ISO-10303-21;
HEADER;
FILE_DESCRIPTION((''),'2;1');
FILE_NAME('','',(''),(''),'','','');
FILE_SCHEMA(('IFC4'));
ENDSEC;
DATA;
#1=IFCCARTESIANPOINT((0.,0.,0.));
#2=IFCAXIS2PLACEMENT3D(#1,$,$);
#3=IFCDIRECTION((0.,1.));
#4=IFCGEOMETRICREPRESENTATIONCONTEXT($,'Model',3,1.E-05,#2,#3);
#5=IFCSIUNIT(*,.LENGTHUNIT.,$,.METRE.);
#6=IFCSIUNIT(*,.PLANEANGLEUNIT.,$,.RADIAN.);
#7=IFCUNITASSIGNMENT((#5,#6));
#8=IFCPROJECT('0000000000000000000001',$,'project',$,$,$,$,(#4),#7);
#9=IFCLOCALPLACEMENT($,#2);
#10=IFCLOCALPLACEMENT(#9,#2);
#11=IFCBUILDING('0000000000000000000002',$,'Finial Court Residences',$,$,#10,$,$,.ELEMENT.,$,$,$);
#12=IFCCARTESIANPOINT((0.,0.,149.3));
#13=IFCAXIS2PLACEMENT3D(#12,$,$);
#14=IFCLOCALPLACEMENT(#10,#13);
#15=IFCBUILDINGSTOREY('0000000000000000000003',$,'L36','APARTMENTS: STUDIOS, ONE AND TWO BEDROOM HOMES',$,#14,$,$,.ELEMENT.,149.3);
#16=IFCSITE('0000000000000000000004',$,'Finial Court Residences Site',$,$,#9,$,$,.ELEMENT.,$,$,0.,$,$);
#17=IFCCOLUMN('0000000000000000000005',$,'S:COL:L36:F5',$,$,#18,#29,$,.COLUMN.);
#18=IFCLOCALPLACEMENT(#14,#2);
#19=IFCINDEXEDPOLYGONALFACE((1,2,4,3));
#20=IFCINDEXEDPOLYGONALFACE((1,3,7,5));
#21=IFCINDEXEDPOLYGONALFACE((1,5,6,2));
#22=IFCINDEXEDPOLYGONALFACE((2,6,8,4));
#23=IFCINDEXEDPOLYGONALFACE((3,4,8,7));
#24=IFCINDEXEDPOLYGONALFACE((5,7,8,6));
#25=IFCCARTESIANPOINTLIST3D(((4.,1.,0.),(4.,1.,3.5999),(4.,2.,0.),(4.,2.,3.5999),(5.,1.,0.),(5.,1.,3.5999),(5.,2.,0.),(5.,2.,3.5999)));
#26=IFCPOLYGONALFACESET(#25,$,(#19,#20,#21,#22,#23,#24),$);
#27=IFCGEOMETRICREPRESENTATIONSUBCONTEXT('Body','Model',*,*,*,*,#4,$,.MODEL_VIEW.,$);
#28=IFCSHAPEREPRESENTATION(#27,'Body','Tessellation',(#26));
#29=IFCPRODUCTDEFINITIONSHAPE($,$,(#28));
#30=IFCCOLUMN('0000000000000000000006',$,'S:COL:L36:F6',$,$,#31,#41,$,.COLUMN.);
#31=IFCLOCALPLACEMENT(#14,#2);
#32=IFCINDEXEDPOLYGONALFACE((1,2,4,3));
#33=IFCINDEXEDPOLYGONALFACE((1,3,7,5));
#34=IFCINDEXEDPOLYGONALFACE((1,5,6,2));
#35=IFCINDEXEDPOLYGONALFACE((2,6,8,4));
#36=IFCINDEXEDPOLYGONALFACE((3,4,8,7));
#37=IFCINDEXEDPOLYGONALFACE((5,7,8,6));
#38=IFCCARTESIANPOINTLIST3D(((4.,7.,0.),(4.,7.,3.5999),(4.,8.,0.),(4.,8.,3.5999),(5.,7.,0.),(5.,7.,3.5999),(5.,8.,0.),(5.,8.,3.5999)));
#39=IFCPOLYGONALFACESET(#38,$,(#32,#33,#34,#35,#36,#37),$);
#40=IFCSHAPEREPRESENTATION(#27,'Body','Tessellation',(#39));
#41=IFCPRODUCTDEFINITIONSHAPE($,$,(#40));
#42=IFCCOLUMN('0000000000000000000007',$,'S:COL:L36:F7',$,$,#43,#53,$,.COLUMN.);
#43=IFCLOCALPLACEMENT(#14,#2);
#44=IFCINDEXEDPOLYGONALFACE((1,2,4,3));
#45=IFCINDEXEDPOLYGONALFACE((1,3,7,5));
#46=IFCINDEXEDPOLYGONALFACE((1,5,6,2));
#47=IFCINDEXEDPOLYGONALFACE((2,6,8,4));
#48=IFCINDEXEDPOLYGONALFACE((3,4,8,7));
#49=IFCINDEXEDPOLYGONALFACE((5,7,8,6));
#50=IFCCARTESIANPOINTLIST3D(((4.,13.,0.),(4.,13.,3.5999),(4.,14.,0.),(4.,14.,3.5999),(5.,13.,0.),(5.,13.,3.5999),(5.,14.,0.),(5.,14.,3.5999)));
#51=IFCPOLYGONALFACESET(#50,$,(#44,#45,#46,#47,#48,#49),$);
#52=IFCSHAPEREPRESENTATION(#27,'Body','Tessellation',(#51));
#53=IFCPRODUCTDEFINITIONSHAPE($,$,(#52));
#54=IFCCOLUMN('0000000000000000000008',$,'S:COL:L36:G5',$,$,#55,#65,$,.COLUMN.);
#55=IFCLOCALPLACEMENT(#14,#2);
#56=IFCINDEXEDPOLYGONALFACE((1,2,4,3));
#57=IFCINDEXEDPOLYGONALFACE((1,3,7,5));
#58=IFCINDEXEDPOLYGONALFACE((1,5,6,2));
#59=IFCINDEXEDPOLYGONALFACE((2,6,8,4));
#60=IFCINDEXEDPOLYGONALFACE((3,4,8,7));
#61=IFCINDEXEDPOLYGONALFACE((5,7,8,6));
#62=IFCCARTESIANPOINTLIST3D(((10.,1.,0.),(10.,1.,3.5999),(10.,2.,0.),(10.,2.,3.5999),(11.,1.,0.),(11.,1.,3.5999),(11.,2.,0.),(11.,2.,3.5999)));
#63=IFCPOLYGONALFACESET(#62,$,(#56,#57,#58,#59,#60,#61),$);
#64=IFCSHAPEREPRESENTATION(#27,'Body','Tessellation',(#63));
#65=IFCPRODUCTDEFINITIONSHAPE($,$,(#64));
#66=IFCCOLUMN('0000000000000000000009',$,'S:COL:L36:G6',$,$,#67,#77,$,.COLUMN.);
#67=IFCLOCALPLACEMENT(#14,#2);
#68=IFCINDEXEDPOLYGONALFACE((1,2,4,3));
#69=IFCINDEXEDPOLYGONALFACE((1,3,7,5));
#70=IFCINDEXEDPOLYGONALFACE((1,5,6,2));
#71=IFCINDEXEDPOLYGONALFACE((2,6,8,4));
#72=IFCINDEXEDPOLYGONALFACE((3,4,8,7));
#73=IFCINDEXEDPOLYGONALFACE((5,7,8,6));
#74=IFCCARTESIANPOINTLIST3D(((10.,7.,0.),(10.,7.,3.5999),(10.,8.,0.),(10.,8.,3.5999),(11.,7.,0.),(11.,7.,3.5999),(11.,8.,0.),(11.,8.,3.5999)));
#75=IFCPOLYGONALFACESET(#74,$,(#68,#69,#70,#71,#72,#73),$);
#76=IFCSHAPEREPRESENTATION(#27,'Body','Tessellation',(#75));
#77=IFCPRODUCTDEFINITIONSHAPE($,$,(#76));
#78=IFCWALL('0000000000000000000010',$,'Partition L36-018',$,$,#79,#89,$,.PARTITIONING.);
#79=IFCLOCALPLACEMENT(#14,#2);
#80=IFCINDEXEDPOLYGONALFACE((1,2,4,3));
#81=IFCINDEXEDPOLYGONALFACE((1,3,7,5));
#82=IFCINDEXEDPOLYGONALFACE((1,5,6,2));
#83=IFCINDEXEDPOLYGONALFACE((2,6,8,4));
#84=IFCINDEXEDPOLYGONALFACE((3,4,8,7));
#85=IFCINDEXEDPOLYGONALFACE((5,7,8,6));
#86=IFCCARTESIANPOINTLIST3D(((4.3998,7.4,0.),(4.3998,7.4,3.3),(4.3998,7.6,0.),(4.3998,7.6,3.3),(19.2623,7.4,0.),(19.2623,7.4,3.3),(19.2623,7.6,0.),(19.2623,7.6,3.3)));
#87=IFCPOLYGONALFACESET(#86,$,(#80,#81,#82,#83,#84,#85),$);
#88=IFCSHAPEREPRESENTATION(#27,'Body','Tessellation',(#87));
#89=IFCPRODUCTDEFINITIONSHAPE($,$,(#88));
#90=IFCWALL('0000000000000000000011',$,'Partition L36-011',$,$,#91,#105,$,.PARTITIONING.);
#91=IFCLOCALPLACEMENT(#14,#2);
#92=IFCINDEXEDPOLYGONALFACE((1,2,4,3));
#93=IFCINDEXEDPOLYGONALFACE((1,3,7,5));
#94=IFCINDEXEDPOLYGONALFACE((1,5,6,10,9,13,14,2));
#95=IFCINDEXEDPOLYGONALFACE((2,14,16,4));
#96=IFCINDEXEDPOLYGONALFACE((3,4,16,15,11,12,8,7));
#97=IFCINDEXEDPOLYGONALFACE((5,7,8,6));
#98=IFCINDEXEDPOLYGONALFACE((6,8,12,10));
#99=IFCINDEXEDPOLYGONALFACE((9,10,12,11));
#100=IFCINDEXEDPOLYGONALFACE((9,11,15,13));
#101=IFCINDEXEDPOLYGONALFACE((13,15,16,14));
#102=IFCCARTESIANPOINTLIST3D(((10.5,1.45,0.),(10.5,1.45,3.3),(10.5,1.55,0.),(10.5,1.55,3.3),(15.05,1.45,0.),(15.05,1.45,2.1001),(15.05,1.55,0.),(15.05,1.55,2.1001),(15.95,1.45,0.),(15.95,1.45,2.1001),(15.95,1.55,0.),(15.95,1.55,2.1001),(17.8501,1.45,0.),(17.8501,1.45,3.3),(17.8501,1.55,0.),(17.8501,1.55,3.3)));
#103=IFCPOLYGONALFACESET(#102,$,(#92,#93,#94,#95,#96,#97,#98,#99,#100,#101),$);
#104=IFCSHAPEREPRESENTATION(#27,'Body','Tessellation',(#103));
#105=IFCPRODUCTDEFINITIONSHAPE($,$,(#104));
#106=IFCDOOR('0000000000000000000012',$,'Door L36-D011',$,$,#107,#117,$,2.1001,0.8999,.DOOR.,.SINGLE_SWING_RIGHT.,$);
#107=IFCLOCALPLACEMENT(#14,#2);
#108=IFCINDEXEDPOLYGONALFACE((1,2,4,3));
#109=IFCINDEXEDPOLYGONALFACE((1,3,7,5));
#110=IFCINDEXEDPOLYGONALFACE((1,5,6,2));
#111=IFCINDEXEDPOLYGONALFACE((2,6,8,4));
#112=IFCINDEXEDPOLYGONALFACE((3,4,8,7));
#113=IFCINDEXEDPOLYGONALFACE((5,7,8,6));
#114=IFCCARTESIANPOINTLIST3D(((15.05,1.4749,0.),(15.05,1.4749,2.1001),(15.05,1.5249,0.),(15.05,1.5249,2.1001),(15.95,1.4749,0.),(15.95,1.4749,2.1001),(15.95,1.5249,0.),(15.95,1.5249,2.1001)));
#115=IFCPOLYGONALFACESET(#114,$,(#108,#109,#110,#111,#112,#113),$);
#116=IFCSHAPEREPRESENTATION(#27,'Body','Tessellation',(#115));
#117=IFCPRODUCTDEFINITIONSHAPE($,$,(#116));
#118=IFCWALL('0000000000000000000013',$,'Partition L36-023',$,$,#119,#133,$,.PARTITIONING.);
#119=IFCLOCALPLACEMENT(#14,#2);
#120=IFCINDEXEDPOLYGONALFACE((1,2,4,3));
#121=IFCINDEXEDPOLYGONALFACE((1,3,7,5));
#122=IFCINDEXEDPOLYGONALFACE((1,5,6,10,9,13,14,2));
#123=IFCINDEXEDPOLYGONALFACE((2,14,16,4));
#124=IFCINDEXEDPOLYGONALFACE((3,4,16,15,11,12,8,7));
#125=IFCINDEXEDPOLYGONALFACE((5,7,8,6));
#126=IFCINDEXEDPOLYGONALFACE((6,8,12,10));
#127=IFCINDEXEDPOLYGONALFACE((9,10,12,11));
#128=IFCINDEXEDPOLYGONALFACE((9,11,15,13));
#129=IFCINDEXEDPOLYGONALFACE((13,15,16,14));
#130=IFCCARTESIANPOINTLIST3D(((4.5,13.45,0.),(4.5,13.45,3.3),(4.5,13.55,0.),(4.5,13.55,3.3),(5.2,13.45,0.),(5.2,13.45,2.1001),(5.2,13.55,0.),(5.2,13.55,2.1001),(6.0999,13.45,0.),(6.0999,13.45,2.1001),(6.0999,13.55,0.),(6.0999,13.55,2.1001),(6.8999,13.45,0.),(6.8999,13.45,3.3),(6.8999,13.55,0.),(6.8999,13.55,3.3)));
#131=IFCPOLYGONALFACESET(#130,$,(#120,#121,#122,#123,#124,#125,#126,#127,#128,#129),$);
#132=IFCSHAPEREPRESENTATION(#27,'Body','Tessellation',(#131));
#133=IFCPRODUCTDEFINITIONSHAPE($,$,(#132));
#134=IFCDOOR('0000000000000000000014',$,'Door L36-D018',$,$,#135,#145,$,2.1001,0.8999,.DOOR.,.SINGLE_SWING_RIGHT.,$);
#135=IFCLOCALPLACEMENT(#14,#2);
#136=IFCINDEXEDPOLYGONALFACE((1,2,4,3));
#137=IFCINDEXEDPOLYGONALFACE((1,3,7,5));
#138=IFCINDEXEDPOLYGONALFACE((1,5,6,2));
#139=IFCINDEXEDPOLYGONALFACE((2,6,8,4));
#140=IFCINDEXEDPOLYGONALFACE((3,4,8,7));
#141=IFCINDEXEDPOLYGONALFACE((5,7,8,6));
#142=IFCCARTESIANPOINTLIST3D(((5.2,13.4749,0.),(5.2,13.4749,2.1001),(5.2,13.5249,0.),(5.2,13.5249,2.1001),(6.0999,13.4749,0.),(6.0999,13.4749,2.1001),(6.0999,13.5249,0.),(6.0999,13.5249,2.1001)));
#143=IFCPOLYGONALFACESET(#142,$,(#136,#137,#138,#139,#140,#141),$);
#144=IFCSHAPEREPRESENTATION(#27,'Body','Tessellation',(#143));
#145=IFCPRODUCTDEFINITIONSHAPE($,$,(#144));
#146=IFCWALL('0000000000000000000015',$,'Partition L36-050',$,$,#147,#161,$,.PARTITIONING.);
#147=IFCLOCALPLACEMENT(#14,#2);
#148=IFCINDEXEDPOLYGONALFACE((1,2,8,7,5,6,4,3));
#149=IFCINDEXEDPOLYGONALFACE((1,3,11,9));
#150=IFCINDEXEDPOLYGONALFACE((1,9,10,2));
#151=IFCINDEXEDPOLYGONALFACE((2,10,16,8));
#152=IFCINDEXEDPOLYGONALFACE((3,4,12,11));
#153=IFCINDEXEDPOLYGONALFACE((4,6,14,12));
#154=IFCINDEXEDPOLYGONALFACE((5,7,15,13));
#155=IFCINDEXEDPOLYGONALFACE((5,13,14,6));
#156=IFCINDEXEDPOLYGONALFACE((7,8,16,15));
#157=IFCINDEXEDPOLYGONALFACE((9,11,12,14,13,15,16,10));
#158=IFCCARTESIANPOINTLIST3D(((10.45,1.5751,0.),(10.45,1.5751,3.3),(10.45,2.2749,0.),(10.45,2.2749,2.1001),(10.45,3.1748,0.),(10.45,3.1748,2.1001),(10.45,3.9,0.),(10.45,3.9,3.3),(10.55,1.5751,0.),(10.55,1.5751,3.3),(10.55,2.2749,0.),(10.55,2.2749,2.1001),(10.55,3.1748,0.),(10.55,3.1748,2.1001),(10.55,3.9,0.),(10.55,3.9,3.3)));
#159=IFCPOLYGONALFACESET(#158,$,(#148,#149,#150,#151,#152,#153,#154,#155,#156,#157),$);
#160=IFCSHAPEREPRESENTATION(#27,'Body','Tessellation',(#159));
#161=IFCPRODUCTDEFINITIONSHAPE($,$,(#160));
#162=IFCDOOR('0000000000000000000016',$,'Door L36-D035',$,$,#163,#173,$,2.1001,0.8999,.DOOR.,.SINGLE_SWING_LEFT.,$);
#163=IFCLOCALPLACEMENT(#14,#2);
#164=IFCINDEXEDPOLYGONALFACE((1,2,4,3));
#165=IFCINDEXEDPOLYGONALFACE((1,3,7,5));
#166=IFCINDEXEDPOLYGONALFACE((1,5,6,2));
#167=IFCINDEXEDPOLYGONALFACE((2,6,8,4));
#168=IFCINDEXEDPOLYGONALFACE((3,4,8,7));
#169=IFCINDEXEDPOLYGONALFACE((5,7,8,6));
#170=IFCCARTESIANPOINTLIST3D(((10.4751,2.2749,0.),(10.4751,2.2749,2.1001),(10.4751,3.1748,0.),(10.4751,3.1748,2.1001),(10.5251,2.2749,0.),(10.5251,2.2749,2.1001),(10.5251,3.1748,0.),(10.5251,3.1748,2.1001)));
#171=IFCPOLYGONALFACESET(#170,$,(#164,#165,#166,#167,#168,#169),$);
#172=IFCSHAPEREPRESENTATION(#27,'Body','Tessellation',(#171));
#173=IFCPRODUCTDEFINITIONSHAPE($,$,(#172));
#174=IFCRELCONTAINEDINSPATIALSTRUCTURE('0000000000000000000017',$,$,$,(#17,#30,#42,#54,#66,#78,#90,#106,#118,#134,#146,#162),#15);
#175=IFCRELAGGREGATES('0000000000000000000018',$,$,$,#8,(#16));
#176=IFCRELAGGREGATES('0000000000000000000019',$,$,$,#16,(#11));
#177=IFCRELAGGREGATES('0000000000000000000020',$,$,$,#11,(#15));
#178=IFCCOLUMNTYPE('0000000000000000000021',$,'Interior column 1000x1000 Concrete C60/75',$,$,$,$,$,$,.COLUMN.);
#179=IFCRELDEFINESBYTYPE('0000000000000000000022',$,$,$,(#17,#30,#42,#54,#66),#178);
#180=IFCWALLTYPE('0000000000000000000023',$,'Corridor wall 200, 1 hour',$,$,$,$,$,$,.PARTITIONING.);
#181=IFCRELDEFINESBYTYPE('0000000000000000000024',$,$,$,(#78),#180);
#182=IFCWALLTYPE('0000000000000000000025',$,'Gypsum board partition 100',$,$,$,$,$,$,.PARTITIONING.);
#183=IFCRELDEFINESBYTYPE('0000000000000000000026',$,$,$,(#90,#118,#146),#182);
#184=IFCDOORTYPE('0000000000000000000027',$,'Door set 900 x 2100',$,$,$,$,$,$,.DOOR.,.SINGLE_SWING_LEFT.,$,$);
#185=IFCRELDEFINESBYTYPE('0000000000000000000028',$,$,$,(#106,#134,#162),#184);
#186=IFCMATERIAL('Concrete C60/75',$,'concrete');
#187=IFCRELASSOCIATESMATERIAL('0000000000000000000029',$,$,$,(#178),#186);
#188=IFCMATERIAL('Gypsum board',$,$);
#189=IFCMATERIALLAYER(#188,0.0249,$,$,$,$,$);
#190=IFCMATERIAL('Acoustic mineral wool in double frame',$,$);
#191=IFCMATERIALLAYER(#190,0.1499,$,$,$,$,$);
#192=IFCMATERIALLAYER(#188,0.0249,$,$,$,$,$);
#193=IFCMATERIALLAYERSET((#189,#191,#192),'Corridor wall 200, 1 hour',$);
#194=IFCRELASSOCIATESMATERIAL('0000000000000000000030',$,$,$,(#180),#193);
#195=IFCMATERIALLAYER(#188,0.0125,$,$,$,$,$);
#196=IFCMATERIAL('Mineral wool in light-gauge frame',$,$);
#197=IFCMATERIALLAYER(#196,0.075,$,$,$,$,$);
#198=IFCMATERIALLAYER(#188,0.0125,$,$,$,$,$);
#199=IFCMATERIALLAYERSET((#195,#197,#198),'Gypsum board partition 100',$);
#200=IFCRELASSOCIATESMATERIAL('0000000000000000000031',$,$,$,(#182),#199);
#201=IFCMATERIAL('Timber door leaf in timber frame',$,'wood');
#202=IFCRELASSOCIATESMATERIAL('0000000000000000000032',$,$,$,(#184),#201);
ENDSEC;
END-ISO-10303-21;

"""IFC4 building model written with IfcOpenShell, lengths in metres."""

from ifc_helpers import new_model, si_unit, direction, frame, frame_2d, origin, origin_2d, place, context, subcontext, project, spatial, rectangle, extrude, material, layer, layer_set, material_profile, profile_set, type_object, element, fill, save


model = new_model("IFC4")

# Units and contexts
model_context = context("Model", 3, precision=1e-05, world=origin(), true_north=direction((0.0, 1.0)))
body_context = subcontext(model_context, "Body", "Model", "MODEL_VIEW")
ifc_project = project(units=[si_unit("LENGTHUNIT", "METRE"), si_unit("PLANEANGLEUNIT", "RADIAN")], contexts=[model_context])

# Site, building, storey
site_placement = place(None, origin())
site = spatial("IfcSite", under=ifc_project, at=site_placement, Name="Finial Court Residences Site", CompositionType="ELEMENT", RefElevation=0.0)
building_placement = place(site_placement, origin())
building = spatial("IfcBuilding", under=site, at=building_placement, Name="Finial Court Residences", CompositionType="ELEMENT")
storey_placement = place(building_placement, frame((0.0, 0.0, 149.3)))
storey = spatial("IfcBuildingStorey", under=building, at=storey_placement, Name="L36", Description="APARTMENTS: STUDIOS, ONE AND TWO BEDROOM HOMES", CompositionType="ELEMENT", Elevation=149.3)

# Columns
ifc_material_1 = material(Name="Concrete C60/75", Category="concrete")
ifc_material_profile = material_profile(ifc_material_1, rectangle(XDim=1.0, YDim=1.0, at=origin_2d()), Name="1000x1000")
ifc_profile_set = profile_set([ifc_material_profile], Name="Concrete C60/75")
column_type = type_object("IfcColumnType", Name="Interior column 1000x1000 Concrete C60/75", PredefinedType="COLUMN", material=ifc_profile_set)
for number, where, z_axis, x_axis, name in (
    (1, (4.5, 1.5, 0.0), (0.0, 0.0, 1.0), (1.0, 0.0, 0.0), "S:COL:L36:F5"),
    (2, (4.5, 7.5, 0.0), (0.0, 0.0, 1.0), (1.0, 0.0, 0.0), "S:COL:L36:F6"),
    (3, (4.5, 13.5, 0.0), (0.0, 0.0, 1.0), (1.0, 0.0, 0.0), "S:COL:L36:F7"),
    (4, (10.5, 1.5, 0.0), (0.0, 0.0, 1.0), (1.0, 0.0, 0.0), "S:COL:L36:G5"),
    (5, (10.5, 7.5, 0.0), (0.0, 0.0, 1.0), (1.0, 0.0, 0.0), "S:COL:L36:G6"),
):
    element("IfcColumn", number, at=place(storey_placement, frame(where, z_axis=z_axis, x_axis=x_axis)), inside=storey, type_object=column_type, Name=name, PredefinedType="COLUMN", context=body_context, shape_type="SweptSolid", body=[
        extrude(rectangle(XDim=1.0, YDim=1.0, at=origin_2d()), origin(), (0.0, 0.0, 1.0), 3.5999),
    ])

# Wall
ifc_material_2 = material(Name="Gypsum board")
ifc_layer_1 = layer(ifc_material_2, 0.0249)
ifc_material_3 = material(Name="Acoustic mineral wool in double frame")
ifc_layer_2 = layer(ifc_material_3, 0.1499)
ifc_layer_3 = layer(ifc_material_2, 0.0249)
ifc_layer_set_1 = layer_set([ifc_layer_1, ifc_layer_2, ifc_layer_3], Name="Corridor wall 200, 1 hour")
wall_type_1 = type_object("IfcWallType", Name="Corridor wall 200, 1 hour", PredefinedType="PARTITIONING", material=ifc_layer_set_1)
wall_1_placement = place(storey_placement, frame((4.3999, 7.5, 0.0), z_axis=(0.0, 0.0, 1.0), x_axis=(1.0, 0.0, 0.0)))
element("IfcWall", 6, at=wall_1_placement, inside=storey, type_object=wall_type_1, Name="Partition L36-018", PredefinedType="PARTITIONING", context=body_context, shape_type="SweptSolid", body=[
    extrude(rectangle(XDim=14.8625, YDim=0.2, at=frame_2d((7.4312, 0.0))), origin(), (0.0, 0.0, 1.0), 3.3),
])

# Walls, openings, doors
ifc_layer_4 = layer(ifc_material_2, 0.0125)
ifc_material_4 = material(Name="Mineral wool in light-gauge frame")
ifc_layer_5 = layer(ifc_material_4, 0.075)
ifc_layer_6 = layer(ifc_material_2, 0.0125)
ifc_layer_set_2 = layer_set([ifc_layer_4, ifc_layer_5, ifc_layer_6], Name="Gypsum board partition 100")
wall_type_2 = type_object("IfcWallType", Name="Gypsum board partition 100", PredefinedType="PARTITIONING", material=ifc_layer_set_2)
wall_2_placement = place(storey_placement, frame((10.5, 1.5, 0.0), z_axis=(0.0, 0.0, 1.0), x_axis=(1.0, 0.0, 0.0)))
wall_2 = element("IfcWall", 7, at=wall_2_placement, inside=storey, type_object=wall_type_2, Name="Partition L36-011", PredefinedType="PARTITIONING", context=body_context, shape_type="SweptSolid", body=[
    extrude(rectangle(XDim=7.3501, YDim=0.1001, at=frame_2d((3.675, 0.0))), origin(), (0.0, 0.0, 1.0), 3.3),
])
opening_1_placement = place(wall_2_placement, frame((4.55, 0.0, 0.0)))
opening_1 = element("IfcOpeningElement", 8, at=opening_1_placement, cuts=wall_2, PredefinedType="OPENING", context=body_context, shape_type="SweptSolid", body=[
    extrude(rectangle(XDim=0.8999, YDim=2.1001, at=frame_2d((0.45, 1.05))), frame((0.0, 0.0601, 0.0), z_axis=(0.0, -1.0, 0.0), x_axis=(1.0, 0.0, 0.0)), (0.0, 0.0, 1.0), 0.1201),
])
ifc_material_5 = material(Name="Timber door leaf in timber frame", Category="wood")
door_type = type_object("IfcDoorType", Name="Door set 900 x 2100", OperationType="SINGLE_SWING_LEFT", PredefinedType="DOOR", material=ifc_material_5)
door_1_placement = place(opening_1_placement, origin())
door_1 = element("IfcDoor", 9, at=door_1_placement, inside=storey, type_object=door_type, Name="Door L36-D011", OperationType="SINGLE_SWING_RIGHT", OverallHeight=2.1001, OverallWidth=0.8999, PredefinedType="DOOR", context=body_context, shape_type="SweptSolid", body=[
    extrude(rectangle(XDim=0.8999, YDim=2.1001, at=frame_2d((0.45, 1.05))), frame((0.0, 0.0249, 0.0), z_axis=(0.0, -1.0, 0.0), x_axis=(1.0, 0.0, 0.0)), (0.0, 0.0, 1.0), 0.05),
])
fill(opening_1, door_1)
wall_3_placement = place(storey_placement, frame((4.5, 13.5, 0.0), z_axis=(0.0, 0.0, 1.0), x_axis=(1.0, 0.0, 0.0)))
wall_3 = element("IfcWall", 10, at=wall_3_placement, inside=storey, type_object=wall_type_2, Name="Partition L36-023", PredefinedType="PARTITIONING", context=body_context, shape_type="SweptSolid", body=[
    extrude(rectangle(XDim=2.3999, YDim=0.1001, at=frame_2d((1.2, 0.0))), origin(), (0.0, 0.0, 1.0), 3.3),
])
opening_2_placement = place(wall_3_placement, frame((0.7, 0.0, 0.0)))
opening_2 = element("IfcOpeningElement", 11, at=opening_2_placement, cuts=wall_3, PredefinedType="OPENING", context=body_context, shape_type="SweptSolid", body=[
    extrude(rectangle(XDim=0.8999, YDim=2.1001, at=frame_2d((0.45, 1.05))), frame((0.0, 0.0601, 0.0), z_axis=(0.0, -1.0, 0.0), x_axis=(1.0, 0.0, 0.0)), (0.0, 0.0, 1.0), 0.1201),
])
door_2_placement = place(opening_2_placement, origin())
door_2 = element("IfcDoor", 12, at=door_2_placement, inside=storey, type_object=door_type, Name="Door L36-D018", OperationType="SINGLE_SWING_RIGHT", OverallHeight=2.1001, OverallWidth=0.8999, PredefinedType="DOOR", context=body_context, shape_type="SweptSolid", body=[
    extrude(rectangle(XDim=0.8999, YDim=2.1001, at=frame_2d((0.45, 1.05))), frame((0.0, 0.0249, 0.0), z_axis=(0.0, -1.0, 0.0), x_axis=(1.0, 0.0, 0.0)), (0.0, 0.0, 1.0), 0.05),
])
fill(opening_2, door_2)
wall_4_placement = place(storey_placement, frame((10.5, 1.575, 0.0), z_axis=(0.0, 0.0, 1.0), x_axis=(0.0, 1.0, 0.0)))
wall_4 = element("IfcWall", 13, at=wall_4_placement, inside=storey, type_object=wall_type_2, Name="Partition L36-050", PredefinedType="PARTITIONING", context=body_context, shape_type="SweptSolid", body=[
    extrude(rectangle(XDim=2.325, YDim=0.1001, at=frame_2d((1.1626, 0.0))), origin(), (0.0, 0.0, 1.0), 3.3),
])
opening_3_placement = place(wall_4_placement, frame((0.7, 0.0, 0.0)))
opening_3 = element("IfcOpeningElement", 14, at=opening_3_placement, cuts=wall_4, PredefinedType="OPENING", context=body_context, shape_type="SweptSolid", body=[
    extrude(rectangle(XDim=0.8999, YDim=2.1001, at=frame_2d((0.45, 1.05))), frame((0.0, 0.0601, 0.0), z_axis=(0.0, -1.0, 0.0), x_axis=(1.0, 0.0, 0.0)), (0.0, 0.0, 1.0), 0.1201),
])
door_3_placement = place(opening_3_placement, origin())
door_3 = element("IfcDoor", 15, at=door_3_placement, inside=storey, type_object=door_type, Name="Door L36-D035", OperationType="SINGLE_SWING_LEFT", OverallHeight=2.1001, OverallWidth=0.8999, PredefinedType="DOOR", context=body_context, shape_type="SweptSolid", body=[
    extrude(rectangle(XDim=0.8999, YDim=2.1001, at=frame_2d((0.45, 1.05))), frame((0.0, 0.0249, 0.0), z_axis=(0.0, -1.0, 0.0), x_axis=(1.0, 0.0, 0.0)), (0.0, 0.0, 1.0), 0.05),
])
fill(opening_3, door_3)

save(model, "model.ifc")
